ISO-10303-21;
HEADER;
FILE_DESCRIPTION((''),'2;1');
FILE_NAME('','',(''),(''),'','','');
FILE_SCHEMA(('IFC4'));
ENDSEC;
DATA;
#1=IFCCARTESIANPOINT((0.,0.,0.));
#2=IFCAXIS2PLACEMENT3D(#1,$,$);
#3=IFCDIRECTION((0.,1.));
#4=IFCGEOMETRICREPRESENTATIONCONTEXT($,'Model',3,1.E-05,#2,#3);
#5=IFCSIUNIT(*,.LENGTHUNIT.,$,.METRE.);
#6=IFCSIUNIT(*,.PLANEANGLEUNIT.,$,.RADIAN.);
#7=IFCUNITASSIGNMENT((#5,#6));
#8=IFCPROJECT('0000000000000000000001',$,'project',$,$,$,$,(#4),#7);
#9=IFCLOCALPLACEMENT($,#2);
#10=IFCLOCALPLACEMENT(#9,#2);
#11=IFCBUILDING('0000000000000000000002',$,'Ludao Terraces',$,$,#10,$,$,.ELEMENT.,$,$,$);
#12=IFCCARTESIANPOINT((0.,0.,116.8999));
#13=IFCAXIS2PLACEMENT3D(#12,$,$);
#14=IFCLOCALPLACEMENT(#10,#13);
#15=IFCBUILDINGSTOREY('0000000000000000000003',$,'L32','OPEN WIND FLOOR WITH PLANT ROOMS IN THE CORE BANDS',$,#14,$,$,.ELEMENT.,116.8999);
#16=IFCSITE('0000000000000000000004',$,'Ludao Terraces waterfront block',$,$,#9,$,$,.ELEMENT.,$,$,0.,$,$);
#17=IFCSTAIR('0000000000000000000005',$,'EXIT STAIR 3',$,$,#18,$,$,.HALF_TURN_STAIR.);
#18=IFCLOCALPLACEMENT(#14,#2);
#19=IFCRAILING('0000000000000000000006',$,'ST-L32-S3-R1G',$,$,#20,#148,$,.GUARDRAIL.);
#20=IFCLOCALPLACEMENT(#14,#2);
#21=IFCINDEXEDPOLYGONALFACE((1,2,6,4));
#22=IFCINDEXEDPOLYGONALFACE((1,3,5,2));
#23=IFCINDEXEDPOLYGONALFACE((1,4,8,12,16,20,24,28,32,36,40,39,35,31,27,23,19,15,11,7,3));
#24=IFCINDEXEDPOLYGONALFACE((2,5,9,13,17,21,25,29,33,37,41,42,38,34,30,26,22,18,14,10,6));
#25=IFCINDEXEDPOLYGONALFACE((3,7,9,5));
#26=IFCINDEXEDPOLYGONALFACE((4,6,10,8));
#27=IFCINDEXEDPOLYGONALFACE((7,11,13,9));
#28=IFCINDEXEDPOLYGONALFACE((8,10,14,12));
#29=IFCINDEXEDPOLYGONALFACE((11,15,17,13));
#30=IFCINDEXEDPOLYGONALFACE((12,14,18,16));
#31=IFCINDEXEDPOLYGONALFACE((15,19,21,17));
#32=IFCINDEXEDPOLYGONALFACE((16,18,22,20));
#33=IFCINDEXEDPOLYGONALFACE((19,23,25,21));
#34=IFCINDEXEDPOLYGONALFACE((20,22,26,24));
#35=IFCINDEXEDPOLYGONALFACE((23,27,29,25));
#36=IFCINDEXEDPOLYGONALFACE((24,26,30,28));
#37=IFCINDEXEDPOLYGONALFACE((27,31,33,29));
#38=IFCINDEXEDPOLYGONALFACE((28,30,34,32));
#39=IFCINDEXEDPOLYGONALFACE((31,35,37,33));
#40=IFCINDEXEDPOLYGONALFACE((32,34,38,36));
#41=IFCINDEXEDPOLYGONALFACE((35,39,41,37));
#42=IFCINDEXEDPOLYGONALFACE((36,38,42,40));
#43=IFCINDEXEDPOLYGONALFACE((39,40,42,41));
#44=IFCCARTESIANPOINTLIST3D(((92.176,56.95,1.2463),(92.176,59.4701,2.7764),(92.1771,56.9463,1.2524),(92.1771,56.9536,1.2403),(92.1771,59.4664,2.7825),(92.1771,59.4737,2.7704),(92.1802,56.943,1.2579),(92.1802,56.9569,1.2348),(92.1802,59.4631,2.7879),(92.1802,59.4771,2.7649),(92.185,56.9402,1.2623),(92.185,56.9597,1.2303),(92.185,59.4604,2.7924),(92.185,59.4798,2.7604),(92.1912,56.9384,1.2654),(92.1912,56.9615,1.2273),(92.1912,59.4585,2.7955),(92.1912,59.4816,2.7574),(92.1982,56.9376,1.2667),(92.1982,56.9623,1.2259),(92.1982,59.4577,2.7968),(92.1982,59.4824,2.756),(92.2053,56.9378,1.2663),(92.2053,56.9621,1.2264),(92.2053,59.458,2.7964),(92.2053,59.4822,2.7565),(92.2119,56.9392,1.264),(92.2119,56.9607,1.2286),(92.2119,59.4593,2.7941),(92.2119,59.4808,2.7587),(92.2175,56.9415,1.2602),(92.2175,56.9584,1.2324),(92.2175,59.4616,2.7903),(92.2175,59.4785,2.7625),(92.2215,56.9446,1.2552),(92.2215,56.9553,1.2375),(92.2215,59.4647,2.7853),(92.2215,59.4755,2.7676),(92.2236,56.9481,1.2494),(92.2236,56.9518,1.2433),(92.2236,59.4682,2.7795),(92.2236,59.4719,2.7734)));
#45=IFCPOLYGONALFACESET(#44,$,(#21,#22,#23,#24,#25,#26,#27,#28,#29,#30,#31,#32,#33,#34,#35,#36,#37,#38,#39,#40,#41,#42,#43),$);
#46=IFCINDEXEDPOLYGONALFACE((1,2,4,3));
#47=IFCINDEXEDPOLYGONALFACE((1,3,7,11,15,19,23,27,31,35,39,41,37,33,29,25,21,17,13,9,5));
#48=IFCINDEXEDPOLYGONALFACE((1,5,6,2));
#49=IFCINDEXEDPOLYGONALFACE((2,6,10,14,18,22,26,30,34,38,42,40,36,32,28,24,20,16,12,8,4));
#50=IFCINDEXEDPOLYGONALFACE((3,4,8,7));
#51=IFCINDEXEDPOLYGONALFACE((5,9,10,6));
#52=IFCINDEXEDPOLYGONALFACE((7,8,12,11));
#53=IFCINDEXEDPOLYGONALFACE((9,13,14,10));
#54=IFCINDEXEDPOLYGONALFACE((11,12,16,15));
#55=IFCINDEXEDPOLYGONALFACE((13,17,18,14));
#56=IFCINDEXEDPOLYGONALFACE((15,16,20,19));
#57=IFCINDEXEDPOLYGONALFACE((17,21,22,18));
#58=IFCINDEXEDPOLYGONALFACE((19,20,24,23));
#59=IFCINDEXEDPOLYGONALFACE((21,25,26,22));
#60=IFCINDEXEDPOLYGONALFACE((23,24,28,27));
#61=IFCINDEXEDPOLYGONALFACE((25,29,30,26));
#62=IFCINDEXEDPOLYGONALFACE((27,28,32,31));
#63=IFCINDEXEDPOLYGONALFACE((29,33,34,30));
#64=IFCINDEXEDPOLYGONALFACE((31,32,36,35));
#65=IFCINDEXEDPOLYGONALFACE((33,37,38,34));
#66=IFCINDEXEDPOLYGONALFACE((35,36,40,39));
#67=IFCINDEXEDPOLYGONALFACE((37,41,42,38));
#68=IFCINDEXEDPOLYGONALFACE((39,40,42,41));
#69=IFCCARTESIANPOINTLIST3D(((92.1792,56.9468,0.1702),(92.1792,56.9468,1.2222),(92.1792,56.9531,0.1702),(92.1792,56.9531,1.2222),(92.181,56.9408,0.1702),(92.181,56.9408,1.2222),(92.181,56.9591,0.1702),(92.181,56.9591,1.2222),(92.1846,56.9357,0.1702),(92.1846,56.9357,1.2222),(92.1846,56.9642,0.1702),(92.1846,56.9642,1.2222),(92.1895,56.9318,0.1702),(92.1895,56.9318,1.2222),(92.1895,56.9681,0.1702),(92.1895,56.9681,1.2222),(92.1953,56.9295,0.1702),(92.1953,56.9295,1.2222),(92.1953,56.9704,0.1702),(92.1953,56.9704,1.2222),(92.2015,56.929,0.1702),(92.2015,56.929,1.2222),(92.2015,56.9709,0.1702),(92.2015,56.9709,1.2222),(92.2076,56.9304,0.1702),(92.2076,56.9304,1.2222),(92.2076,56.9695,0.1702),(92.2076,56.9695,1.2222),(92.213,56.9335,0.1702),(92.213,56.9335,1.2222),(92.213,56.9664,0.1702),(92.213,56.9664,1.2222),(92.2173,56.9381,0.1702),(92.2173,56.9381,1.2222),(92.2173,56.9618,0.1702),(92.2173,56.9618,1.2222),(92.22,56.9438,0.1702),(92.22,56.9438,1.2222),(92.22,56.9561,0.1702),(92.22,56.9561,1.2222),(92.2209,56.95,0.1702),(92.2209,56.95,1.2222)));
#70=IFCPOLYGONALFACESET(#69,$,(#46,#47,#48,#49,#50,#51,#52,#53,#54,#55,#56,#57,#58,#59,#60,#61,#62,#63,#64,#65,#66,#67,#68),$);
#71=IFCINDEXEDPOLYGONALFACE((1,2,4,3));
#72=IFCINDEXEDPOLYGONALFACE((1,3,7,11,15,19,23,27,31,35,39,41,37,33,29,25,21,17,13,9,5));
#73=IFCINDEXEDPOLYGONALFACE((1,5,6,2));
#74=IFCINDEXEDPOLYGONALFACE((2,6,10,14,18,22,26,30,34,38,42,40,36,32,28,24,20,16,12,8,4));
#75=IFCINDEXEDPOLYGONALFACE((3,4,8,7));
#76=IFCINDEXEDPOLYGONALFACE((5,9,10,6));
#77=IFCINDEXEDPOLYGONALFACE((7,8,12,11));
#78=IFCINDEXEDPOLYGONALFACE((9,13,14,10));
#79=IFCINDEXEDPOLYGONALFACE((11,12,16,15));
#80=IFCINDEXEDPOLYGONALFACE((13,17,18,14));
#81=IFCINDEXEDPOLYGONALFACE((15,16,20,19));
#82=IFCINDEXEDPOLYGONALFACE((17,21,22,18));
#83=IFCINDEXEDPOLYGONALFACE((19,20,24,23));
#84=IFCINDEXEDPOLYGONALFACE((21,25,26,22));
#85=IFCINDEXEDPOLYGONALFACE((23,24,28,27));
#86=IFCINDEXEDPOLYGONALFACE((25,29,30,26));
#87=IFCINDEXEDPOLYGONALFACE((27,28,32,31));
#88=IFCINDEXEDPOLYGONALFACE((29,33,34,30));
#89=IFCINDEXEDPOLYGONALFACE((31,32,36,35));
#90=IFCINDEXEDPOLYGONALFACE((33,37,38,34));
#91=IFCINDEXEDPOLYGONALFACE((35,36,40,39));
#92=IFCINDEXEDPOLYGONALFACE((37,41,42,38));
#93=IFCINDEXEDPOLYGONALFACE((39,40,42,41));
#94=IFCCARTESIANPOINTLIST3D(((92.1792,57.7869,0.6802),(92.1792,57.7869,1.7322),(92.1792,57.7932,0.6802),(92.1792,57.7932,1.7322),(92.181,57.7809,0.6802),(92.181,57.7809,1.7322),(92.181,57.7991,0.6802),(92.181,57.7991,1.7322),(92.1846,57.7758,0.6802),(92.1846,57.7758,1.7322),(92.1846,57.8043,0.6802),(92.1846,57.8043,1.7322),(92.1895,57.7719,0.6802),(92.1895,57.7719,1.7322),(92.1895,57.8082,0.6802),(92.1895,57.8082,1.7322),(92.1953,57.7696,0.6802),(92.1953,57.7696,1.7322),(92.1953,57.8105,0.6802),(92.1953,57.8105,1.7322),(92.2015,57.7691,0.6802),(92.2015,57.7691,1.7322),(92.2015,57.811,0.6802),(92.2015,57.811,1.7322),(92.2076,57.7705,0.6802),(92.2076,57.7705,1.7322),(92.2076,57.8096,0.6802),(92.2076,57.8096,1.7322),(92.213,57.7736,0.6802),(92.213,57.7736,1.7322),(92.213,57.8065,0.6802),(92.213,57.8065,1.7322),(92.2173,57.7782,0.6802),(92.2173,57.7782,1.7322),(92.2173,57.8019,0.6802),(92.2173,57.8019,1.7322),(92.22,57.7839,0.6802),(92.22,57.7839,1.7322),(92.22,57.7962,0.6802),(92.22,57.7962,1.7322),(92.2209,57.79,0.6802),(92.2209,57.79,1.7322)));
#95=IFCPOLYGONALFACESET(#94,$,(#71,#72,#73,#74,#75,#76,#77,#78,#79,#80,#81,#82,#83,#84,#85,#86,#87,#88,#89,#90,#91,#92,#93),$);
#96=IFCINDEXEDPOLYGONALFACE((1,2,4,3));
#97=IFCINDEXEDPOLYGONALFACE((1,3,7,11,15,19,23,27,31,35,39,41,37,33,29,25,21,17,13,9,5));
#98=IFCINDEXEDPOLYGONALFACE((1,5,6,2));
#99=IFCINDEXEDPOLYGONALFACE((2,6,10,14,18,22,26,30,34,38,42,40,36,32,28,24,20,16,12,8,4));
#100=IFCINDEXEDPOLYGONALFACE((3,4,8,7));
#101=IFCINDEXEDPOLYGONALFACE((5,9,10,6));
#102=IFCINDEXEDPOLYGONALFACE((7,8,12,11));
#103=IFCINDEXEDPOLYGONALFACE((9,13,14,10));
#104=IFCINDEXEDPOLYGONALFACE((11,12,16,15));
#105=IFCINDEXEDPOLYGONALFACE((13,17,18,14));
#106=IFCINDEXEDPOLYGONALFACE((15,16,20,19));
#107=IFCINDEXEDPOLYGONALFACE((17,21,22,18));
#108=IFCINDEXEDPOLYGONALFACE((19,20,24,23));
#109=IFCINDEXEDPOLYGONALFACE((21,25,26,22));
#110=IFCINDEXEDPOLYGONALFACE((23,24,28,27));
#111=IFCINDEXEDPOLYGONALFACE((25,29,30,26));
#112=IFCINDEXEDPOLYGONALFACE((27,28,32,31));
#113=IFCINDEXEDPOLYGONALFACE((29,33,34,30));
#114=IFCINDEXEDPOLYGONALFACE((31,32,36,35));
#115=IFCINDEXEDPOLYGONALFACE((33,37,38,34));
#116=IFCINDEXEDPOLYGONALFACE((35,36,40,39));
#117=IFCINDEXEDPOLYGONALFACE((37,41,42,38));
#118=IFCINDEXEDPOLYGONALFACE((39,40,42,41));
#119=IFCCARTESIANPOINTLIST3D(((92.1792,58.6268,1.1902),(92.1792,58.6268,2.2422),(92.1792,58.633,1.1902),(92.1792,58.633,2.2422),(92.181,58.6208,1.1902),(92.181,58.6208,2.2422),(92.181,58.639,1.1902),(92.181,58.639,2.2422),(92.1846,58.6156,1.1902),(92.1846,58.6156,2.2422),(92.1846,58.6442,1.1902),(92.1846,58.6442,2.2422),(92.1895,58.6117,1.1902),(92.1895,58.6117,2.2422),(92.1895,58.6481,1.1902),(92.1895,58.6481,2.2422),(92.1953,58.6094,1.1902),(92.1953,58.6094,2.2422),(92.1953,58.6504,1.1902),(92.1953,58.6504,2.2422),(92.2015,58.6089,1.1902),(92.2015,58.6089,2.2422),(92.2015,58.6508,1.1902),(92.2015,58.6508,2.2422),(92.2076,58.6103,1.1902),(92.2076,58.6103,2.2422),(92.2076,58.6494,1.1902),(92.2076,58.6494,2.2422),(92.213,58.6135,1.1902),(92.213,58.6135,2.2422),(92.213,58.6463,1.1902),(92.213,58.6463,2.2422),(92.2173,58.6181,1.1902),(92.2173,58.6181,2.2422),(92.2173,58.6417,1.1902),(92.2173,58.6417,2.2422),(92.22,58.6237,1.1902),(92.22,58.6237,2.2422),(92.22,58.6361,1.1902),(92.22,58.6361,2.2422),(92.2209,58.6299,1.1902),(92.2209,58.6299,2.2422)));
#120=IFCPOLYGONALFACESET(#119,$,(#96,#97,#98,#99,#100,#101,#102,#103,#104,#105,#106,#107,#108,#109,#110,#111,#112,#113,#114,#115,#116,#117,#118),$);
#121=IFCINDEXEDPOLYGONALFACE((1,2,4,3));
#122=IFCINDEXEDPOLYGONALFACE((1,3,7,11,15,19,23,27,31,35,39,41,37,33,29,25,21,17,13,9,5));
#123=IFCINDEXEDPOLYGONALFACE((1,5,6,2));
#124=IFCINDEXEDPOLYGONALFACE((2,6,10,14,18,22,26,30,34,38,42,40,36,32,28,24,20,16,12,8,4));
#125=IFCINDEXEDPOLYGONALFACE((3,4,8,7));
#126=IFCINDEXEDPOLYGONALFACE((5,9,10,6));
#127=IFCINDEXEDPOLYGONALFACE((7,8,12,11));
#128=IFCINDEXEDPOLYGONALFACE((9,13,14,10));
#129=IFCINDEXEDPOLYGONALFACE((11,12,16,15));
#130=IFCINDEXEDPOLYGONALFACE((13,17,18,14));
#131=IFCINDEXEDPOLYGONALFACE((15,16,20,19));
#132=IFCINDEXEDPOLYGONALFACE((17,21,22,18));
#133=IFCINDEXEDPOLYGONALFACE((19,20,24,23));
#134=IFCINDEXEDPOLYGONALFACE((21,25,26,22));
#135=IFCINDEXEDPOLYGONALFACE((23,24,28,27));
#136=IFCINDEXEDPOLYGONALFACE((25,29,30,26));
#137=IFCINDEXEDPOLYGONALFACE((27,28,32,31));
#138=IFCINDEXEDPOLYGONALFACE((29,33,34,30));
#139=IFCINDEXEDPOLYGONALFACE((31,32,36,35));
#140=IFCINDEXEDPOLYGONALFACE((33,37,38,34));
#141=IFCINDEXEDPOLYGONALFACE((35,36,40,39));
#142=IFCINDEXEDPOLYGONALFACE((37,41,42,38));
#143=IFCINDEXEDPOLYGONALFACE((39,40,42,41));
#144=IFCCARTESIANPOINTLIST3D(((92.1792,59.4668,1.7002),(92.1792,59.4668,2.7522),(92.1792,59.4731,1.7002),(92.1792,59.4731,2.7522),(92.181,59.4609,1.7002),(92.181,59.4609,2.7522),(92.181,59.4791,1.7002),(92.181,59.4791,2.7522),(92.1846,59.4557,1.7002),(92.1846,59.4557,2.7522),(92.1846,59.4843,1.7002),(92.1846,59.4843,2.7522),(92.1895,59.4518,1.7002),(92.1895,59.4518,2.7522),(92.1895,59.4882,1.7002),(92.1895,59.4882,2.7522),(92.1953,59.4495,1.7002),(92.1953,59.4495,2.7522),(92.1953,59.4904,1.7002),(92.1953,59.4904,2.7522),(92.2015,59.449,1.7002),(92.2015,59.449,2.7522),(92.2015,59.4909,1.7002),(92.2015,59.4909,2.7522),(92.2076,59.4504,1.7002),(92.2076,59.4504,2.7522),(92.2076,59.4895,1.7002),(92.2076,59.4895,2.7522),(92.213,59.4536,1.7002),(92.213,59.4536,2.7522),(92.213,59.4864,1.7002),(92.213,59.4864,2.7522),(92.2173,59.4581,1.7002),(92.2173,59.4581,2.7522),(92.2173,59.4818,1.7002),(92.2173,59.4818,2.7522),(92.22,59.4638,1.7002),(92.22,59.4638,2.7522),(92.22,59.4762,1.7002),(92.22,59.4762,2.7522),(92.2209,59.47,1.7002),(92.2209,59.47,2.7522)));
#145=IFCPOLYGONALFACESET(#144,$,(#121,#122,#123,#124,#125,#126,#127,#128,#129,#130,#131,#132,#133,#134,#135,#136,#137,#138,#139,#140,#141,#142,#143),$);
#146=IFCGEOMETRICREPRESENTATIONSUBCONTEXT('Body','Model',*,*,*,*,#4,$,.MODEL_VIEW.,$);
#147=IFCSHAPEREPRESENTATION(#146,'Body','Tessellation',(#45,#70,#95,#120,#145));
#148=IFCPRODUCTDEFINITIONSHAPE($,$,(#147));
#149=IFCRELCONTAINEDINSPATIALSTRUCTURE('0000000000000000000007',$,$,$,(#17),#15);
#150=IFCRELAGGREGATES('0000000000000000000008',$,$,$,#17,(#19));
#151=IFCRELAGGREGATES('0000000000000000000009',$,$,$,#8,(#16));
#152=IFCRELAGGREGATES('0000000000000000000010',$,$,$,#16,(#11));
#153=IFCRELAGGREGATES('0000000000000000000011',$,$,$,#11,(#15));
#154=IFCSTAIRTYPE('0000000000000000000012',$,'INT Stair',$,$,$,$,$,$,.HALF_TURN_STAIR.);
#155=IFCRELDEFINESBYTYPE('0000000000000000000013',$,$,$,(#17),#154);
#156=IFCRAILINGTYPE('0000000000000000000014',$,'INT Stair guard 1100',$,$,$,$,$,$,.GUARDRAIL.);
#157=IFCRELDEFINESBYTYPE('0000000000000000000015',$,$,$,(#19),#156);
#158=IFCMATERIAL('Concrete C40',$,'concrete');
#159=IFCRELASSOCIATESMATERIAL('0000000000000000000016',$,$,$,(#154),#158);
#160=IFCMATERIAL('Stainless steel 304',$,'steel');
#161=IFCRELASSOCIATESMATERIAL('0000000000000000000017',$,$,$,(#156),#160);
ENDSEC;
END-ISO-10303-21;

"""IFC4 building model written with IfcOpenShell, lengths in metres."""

from ifc_helpers import new_model, si_unit, direction, frame, origin, origin_2d, place, context, subcontext, project, spatial, circle, extrude, material, type_object, element, aggregate, save


model = new_model("IFC4")

# Units and contexts
model_context = context("Model", 3, precision=1e-05, world=origin(), true_north=direction((0.0, 1.0)))
body_context = subcontext(model_context, "Body", "Model", "MODEL_VIEW")
ifc_project = project(units=[si_unit("LENGTHUNIT", "METRE"), si_unit("PLANEANGLEUNIT", "RADIAN")], contexts=[model_context])

# Site, building, storey
site_placement = place(None, origin())
site = spatial("IfcSite", under=ifc_project, at=site_placement, Name="Ludao Terraces waterfront block", CompositionType="ELEMENT", RefElevation=0.0)
building_placement = place(site_placement, origin())
building = spatial("IfcBuilding", under=site, at=building_placement, Name="Ludao Terraces", CompositionType="ELEMENT")
storey_placement = place(building_placement, frame((0.0, 0.0, 116.8999)))
storey = spatial("IfcBuildingStorey", under=building, at=storey_placement, Name="L32", Description="OPEN WIND FLOOR WITH PLANT ROOMS IN THE CORE BANDS", CompositionType="ELEMENT", Elevation=116.8999)

# Stair, railing
ifc_material_1 = material(Name="Concrete C40", Category="concrete")
stair_type = type_object("IfcStairType", Name="INT Stair", PredefinedType="HALF_TURN_STAIR", material=ifc_material_1)
stair_placement = place(storey_placement, origin())
stair = element("IfcStair", 1, at=stair_placement, inside=storey, type_object=stair_type, Name="EXIT STAIR 3", PredefinedType="HALF_TURN_STAIR")
ifc_material_2 = material(Name="Stainless steel 304", Category="steel")
railing_type_1 = type_object("IfcRailingType", Name="INT Stair guard 1100", PredefinedType="GUARDRAIL", material=ifc_material_2)
railing_1_placement = place(storey_placement, frame((92.2, 56.95, 0.1702)))
railing_1 = element("IfcRailing", 2, at=railing_1_placement, type_object=railing_type_1, Name="ST-L32-S3-R1G", PredefinedType="GUARDRAIL", context=body_context, shape_type="SweptSolid", body=[
    extrude(circle(Radius=0.0239, at=origin_2d()), frame((0.0, 0.0, 1.0762), z_axis=(0.0, 0.854785, 0.518982), x_axis=(-1.0, 0.0, 0.0)), (0.0, 0.0, 1.0), 2.9482),
    extrude(circle(Radius=0.021, at=origin_2d()), origin(), (0.0, 0.0, 1.0), 1.052),
    extrude(circle(Radius=0.021, at=origin_2d()), frame((0.0, 0.8401, 0.51)), (0.0, 0.0, 1.0), 1.052),
    extrude(circle(Radius=0.021, at=origin_2d()), frame((0.0, 1.6799, 1.02)), (0.0, 0.0, 1.0), 1.052),
    extrude(circle(Radius=0.021, at=origin_2d()), frame((0.0, 2.52, 1.53)), (0.0, 0.0, 1.0), 1.052),
])
aggregate(stair, [railing_1])

save(model, "model.ifc")
